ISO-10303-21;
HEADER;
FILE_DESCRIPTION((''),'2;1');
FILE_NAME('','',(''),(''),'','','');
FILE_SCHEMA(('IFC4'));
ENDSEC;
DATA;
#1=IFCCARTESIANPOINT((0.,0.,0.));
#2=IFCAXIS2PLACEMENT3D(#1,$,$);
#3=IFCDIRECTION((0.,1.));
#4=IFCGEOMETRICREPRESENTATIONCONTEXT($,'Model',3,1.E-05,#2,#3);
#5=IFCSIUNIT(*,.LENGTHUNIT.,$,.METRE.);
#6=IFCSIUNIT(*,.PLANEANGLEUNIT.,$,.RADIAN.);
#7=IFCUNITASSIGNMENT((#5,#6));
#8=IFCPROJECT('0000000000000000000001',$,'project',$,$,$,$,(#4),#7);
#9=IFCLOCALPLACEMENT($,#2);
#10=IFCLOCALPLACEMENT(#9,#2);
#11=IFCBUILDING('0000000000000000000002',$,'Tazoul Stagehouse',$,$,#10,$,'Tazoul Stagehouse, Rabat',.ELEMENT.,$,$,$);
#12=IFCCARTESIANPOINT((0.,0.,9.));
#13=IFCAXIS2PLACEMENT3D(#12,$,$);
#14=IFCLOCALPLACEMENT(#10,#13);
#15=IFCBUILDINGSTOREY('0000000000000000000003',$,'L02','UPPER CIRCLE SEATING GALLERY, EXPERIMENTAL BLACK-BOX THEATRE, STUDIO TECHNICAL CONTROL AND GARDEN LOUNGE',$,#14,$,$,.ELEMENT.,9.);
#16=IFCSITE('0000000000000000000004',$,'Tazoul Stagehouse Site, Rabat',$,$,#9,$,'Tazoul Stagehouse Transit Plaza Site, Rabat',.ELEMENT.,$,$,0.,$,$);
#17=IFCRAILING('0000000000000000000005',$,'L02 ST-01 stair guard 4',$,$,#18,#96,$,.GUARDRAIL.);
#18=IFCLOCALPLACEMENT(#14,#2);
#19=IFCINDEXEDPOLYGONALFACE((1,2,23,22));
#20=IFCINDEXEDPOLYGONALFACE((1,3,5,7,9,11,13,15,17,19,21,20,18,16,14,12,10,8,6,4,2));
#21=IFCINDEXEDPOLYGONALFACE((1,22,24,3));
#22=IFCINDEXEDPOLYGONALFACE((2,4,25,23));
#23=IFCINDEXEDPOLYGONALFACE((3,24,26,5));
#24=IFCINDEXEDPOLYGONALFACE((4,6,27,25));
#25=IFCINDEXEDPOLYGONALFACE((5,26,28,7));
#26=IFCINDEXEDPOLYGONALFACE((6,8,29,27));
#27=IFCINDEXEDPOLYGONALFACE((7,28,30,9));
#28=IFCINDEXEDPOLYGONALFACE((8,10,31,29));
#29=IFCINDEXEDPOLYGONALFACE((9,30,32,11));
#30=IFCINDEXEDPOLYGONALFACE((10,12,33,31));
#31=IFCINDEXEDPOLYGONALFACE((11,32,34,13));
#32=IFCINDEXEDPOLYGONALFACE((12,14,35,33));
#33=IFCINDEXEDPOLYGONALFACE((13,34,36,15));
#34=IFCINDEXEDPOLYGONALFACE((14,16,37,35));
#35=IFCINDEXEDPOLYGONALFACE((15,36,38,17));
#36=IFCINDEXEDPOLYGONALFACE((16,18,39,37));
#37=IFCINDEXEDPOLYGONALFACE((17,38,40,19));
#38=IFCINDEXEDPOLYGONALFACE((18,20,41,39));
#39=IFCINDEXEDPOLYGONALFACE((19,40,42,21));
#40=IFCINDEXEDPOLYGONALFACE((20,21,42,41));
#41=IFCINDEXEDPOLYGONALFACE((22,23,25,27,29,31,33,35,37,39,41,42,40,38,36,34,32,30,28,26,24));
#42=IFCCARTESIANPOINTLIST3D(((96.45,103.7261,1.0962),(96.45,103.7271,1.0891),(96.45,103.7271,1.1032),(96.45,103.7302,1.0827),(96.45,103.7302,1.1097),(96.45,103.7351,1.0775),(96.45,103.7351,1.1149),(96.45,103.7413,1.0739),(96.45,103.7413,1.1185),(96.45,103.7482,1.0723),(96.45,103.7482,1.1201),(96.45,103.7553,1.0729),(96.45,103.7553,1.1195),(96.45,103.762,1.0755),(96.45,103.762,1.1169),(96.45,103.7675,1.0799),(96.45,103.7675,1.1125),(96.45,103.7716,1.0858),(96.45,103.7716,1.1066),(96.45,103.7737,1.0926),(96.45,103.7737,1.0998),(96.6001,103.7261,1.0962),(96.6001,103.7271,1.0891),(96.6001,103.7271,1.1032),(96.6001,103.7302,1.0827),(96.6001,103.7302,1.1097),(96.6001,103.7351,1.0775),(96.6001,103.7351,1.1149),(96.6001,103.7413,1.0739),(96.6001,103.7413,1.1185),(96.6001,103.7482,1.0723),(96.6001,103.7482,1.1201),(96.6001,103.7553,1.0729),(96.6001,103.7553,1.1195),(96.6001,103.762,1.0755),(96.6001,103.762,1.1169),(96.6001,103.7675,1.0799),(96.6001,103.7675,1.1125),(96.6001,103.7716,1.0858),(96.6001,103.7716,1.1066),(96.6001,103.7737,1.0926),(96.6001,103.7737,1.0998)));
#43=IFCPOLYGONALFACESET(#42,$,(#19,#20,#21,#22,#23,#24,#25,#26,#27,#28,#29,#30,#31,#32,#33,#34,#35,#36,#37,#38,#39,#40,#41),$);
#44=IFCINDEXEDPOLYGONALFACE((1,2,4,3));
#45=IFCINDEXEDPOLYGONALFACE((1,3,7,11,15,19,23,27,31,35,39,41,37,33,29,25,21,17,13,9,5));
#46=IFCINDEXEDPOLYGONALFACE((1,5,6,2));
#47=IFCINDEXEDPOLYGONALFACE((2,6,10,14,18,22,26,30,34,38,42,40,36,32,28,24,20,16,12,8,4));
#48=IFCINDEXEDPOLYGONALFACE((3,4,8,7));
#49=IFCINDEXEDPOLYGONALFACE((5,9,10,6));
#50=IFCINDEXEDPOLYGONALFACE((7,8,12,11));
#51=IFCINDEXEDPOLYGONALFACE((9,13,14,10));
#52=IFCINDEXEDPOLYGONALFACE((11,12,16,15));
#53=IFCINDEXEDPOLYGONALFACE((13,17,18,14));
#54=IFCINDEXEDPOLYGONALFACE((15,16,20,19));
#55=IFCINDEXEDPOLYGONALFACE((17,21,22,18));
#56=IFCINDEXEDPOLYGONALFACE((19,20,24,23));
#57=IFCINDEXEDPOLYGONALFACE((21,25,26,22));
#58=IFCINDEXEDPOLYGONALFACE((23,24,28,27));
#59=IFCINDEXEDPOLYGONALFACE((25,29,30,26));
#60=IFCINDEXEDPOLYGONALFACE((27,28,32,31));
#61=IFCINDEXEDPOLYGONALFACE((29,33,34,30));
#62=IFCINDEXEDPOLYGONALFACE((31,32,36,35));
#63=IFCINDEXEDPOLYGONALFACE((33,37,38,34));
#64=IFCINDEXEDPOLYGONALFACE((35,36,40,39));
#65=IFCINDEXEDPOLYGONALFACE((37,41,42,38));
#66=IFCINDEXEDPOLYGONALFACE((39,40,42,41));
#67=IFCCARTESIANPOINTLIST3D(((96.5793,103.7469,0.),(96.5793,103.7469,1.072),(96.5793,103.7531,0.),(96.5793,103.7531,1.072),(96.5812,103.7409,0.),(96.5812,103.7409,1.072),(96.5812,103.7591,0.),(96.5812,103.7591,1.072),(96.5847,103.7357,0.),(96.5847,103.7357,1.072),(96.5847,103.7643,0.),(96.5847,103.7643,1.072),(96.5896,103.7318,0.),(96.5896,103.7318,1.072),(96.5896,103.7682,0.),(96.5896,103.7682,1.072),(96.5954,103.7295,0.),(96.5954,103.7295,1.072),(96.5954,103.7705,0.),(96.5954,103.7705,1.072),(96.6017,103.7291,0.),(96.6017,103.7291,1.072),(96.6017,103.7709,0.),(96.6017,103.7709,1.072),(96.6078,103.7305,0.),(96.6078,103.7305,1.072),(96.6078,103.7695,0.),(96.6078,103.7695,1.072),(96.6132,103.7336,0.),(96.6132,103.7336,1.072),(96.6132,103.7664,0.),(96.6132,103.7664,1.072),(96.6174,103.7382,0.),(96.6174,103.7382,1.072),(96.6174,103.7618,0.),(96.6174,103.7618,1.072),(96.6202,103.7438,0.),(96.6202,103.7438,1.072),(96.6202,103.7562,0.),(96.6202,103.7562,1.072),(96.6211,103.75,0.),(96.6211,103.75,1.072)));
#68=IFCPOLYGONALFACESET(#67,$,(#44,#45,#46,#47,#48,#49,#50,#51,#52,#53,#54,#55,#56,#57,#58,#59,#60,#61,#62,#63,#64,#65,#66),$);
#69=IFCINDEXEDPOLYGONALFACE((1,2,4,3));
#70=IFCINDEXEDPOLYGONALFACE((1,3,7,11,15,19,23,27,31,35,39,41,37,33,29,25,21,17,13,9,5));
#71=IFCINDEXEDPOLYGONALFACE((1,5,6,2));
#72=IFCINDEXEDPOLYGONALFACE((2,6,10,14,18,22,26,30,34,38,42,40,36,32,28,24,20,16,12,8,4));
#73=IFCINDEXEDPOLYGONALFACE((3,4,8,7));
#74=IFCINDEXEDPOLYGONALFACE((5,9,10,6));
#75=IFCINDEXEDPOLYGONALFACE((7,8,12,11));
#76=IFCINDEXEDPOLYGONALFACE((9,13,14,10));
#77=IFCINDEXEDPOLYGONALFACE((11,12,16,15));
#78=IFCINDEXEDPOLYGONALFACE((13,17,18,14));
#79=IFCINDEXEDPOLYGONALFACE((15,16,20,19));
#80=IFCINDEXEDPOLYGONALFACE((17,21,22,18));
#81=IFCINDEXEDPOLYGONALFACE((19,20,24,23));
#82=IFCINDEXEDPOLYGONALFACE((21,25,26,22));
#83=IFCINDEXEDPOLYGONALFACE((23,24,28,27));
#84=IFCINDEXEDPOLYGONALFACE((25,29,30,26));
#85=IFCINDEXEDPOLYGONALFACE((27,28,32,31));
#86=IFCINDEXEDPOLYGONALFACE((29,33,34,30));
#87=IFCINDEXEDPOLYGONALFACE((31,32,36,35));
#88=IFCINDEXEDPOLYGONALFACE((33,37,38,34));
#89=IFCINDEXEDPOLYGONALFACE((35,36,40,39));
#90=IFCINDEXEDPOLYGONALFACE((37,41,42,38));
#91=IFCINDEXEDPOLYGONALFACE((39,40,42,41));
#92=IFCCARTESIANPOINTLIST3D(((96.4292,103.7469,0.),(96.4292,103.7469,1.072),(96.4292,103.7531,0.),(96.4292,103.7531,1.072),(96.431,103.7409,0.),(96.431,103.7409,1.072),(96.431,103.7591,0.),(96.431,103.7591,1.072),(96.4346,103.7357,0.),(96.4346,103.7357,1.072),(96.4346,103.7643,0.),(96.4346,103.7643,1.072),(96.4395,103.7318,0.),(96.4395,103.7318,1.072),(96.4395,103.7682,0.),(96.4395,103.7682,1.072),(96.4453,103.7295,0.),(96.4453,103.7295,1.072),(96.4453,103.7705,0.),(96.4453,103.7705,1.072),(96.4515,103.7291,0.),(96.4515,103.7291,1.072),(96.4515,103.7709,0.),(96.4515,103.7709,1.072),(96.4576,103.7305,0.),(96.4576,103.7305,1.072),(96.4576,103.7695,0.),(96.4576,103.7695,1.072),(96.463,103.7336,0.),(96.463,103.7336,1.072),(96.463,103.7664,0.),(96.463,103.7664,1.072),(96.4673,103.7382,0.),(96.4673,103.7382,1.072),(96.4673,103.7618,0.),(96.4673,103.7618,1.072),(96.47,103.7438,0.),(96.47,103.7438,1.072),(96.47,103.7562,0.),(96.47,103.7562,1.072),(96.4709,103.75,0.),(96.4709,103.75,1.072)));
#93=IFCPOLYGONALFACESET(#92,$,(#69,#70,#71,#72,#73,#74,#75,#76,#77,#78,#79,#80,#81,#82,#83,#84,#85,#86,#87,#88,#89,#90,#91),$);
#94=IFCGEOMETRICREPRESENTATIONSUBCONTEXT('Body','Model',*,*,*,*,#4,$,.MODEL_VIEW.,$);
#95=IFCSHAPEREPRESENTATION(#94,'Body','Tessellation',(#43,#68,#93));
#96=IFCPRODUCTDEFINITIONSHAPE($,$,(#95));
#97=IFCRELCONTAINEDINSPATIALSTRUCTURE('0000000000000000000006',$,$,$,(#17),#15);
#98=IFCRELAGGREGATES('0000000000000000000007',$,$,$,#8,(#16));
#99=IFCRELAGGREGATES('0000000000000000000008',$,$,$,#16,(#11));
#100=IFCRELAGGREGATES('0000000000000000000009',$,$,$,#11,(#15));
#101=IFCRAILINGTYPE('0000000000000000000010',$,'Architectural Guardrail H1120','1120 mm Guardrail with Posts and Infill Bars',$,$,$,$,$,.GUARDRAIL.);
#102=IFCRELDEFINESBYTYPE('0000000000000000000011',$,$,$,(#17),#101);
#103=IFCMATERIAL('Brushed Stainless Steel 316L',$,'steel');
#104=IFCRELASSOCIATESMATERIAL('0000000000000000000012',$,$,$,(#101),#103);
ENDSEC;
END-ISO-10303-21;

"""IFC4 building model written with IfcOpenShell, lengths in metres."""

from ifc_helpers import new_model, si_unit, direction, frame, origin, origin_2d, place, context, subcontext, project, spatial, circle, extrude, material, material_profile, profile_set, type_object, element, save


model = new_model("IFC4")

# Units and contexts
model_context = context("Model", 3, precision=1e-05, world=origin(), true_north=direction((0.0, 1.0)))
body_context = subcontext(model_context, "Body", "Model", "MODEL_VIEW")
ifc_project = project(units=[si_unit("LENGTHUNIT", "METRE"), si_unit("PLANEANGLEUNIT", "RADIAN")], contexts=[model_context])

# Site, building, storey
site_placement = place(None, origin())
site = spatial("IfcSite", under=ifc_project, at=site_placement, Name="Tazoul Stagehouse Site, Rabat", LongName="Tazoul Stagehouse Transit Plaza Site, Rabat", CompositionType="ELEMENT", RefElevation=0.0)
building_placement = place(site_placement, origin())
building = spatial("IfcBuilding", under=site, at=building_placement, Name="Tazoul Stagehouse", LongName="Tazoul Stagehouse, Rabat", CompositionType="ELEMENT")
storey_placement = place(building_placement, frame((0.0, 0.0, 9.0)))
storey = spatial("IfcBuildingStorey", under=building, at=storey_placement, Name="L02", Description="UPPER CIRCLE SEATING GALLERY, EXPERIMENTAL BLACK-BOX THEATRE, STUDIO TECHNICAL CONTROL AND GARDEN LOUNGE", CompositionType="ELEMENT", Elevation=9.0)

# Railing
ifc_material_1 = material(Name="Brushed Stainless Steel 316L", Category="steel")
ifc_material_profile_1 = material_profile(ifc_material_1, circle(Radius=0.0239, at=origin_2d()), Name="SS RAIL D48")
ifc_profile_set_1 = profile_set([ifc_material_profile_1], Name="Brushed Stainless Steel 316L")
railing_type_1 = type_object("IfcRailingType", Name="Architectural Guardrail H1120", Description="1120 mm Guardrail with Posts and Infill Bars", PredefinedType="GUARDRAIL", material=ifc_profile_set_1)
railing_1_placement = place(storey_placement, frame((96.6001, 103.75, 0.0)))
element("IfcRailing", 1, at=railing_1_placement, inside=storey, type_object=railing_type_1, Name="L02 ST-01 stair guard 4", PredefinedType="GUARDRAIL", context=body_context, shape_type="SweptSolid", body=[
    extrude(circle(Radius=0.0239, at=origin_2d()), frame((0.0, 0.0, 1.0962), z_axis=(-1.0, 0.0, 0.0), x_axis=(0.0, -1.0, 0.0)), (0.0, 0.0, 1.0), 0.1501),
    extrude(circle(Radius=0.021, at=origin_2d()), origin(), (0.0, 0.0, 1.0), 1.072),
    extrude(circle(Radius=0.021, at=origin_2d()), frame((-0.1501, 0.0, 0.0)), (0.0, 0.0, 1.0), 1.072),
])

save(model, "model.ifc")
